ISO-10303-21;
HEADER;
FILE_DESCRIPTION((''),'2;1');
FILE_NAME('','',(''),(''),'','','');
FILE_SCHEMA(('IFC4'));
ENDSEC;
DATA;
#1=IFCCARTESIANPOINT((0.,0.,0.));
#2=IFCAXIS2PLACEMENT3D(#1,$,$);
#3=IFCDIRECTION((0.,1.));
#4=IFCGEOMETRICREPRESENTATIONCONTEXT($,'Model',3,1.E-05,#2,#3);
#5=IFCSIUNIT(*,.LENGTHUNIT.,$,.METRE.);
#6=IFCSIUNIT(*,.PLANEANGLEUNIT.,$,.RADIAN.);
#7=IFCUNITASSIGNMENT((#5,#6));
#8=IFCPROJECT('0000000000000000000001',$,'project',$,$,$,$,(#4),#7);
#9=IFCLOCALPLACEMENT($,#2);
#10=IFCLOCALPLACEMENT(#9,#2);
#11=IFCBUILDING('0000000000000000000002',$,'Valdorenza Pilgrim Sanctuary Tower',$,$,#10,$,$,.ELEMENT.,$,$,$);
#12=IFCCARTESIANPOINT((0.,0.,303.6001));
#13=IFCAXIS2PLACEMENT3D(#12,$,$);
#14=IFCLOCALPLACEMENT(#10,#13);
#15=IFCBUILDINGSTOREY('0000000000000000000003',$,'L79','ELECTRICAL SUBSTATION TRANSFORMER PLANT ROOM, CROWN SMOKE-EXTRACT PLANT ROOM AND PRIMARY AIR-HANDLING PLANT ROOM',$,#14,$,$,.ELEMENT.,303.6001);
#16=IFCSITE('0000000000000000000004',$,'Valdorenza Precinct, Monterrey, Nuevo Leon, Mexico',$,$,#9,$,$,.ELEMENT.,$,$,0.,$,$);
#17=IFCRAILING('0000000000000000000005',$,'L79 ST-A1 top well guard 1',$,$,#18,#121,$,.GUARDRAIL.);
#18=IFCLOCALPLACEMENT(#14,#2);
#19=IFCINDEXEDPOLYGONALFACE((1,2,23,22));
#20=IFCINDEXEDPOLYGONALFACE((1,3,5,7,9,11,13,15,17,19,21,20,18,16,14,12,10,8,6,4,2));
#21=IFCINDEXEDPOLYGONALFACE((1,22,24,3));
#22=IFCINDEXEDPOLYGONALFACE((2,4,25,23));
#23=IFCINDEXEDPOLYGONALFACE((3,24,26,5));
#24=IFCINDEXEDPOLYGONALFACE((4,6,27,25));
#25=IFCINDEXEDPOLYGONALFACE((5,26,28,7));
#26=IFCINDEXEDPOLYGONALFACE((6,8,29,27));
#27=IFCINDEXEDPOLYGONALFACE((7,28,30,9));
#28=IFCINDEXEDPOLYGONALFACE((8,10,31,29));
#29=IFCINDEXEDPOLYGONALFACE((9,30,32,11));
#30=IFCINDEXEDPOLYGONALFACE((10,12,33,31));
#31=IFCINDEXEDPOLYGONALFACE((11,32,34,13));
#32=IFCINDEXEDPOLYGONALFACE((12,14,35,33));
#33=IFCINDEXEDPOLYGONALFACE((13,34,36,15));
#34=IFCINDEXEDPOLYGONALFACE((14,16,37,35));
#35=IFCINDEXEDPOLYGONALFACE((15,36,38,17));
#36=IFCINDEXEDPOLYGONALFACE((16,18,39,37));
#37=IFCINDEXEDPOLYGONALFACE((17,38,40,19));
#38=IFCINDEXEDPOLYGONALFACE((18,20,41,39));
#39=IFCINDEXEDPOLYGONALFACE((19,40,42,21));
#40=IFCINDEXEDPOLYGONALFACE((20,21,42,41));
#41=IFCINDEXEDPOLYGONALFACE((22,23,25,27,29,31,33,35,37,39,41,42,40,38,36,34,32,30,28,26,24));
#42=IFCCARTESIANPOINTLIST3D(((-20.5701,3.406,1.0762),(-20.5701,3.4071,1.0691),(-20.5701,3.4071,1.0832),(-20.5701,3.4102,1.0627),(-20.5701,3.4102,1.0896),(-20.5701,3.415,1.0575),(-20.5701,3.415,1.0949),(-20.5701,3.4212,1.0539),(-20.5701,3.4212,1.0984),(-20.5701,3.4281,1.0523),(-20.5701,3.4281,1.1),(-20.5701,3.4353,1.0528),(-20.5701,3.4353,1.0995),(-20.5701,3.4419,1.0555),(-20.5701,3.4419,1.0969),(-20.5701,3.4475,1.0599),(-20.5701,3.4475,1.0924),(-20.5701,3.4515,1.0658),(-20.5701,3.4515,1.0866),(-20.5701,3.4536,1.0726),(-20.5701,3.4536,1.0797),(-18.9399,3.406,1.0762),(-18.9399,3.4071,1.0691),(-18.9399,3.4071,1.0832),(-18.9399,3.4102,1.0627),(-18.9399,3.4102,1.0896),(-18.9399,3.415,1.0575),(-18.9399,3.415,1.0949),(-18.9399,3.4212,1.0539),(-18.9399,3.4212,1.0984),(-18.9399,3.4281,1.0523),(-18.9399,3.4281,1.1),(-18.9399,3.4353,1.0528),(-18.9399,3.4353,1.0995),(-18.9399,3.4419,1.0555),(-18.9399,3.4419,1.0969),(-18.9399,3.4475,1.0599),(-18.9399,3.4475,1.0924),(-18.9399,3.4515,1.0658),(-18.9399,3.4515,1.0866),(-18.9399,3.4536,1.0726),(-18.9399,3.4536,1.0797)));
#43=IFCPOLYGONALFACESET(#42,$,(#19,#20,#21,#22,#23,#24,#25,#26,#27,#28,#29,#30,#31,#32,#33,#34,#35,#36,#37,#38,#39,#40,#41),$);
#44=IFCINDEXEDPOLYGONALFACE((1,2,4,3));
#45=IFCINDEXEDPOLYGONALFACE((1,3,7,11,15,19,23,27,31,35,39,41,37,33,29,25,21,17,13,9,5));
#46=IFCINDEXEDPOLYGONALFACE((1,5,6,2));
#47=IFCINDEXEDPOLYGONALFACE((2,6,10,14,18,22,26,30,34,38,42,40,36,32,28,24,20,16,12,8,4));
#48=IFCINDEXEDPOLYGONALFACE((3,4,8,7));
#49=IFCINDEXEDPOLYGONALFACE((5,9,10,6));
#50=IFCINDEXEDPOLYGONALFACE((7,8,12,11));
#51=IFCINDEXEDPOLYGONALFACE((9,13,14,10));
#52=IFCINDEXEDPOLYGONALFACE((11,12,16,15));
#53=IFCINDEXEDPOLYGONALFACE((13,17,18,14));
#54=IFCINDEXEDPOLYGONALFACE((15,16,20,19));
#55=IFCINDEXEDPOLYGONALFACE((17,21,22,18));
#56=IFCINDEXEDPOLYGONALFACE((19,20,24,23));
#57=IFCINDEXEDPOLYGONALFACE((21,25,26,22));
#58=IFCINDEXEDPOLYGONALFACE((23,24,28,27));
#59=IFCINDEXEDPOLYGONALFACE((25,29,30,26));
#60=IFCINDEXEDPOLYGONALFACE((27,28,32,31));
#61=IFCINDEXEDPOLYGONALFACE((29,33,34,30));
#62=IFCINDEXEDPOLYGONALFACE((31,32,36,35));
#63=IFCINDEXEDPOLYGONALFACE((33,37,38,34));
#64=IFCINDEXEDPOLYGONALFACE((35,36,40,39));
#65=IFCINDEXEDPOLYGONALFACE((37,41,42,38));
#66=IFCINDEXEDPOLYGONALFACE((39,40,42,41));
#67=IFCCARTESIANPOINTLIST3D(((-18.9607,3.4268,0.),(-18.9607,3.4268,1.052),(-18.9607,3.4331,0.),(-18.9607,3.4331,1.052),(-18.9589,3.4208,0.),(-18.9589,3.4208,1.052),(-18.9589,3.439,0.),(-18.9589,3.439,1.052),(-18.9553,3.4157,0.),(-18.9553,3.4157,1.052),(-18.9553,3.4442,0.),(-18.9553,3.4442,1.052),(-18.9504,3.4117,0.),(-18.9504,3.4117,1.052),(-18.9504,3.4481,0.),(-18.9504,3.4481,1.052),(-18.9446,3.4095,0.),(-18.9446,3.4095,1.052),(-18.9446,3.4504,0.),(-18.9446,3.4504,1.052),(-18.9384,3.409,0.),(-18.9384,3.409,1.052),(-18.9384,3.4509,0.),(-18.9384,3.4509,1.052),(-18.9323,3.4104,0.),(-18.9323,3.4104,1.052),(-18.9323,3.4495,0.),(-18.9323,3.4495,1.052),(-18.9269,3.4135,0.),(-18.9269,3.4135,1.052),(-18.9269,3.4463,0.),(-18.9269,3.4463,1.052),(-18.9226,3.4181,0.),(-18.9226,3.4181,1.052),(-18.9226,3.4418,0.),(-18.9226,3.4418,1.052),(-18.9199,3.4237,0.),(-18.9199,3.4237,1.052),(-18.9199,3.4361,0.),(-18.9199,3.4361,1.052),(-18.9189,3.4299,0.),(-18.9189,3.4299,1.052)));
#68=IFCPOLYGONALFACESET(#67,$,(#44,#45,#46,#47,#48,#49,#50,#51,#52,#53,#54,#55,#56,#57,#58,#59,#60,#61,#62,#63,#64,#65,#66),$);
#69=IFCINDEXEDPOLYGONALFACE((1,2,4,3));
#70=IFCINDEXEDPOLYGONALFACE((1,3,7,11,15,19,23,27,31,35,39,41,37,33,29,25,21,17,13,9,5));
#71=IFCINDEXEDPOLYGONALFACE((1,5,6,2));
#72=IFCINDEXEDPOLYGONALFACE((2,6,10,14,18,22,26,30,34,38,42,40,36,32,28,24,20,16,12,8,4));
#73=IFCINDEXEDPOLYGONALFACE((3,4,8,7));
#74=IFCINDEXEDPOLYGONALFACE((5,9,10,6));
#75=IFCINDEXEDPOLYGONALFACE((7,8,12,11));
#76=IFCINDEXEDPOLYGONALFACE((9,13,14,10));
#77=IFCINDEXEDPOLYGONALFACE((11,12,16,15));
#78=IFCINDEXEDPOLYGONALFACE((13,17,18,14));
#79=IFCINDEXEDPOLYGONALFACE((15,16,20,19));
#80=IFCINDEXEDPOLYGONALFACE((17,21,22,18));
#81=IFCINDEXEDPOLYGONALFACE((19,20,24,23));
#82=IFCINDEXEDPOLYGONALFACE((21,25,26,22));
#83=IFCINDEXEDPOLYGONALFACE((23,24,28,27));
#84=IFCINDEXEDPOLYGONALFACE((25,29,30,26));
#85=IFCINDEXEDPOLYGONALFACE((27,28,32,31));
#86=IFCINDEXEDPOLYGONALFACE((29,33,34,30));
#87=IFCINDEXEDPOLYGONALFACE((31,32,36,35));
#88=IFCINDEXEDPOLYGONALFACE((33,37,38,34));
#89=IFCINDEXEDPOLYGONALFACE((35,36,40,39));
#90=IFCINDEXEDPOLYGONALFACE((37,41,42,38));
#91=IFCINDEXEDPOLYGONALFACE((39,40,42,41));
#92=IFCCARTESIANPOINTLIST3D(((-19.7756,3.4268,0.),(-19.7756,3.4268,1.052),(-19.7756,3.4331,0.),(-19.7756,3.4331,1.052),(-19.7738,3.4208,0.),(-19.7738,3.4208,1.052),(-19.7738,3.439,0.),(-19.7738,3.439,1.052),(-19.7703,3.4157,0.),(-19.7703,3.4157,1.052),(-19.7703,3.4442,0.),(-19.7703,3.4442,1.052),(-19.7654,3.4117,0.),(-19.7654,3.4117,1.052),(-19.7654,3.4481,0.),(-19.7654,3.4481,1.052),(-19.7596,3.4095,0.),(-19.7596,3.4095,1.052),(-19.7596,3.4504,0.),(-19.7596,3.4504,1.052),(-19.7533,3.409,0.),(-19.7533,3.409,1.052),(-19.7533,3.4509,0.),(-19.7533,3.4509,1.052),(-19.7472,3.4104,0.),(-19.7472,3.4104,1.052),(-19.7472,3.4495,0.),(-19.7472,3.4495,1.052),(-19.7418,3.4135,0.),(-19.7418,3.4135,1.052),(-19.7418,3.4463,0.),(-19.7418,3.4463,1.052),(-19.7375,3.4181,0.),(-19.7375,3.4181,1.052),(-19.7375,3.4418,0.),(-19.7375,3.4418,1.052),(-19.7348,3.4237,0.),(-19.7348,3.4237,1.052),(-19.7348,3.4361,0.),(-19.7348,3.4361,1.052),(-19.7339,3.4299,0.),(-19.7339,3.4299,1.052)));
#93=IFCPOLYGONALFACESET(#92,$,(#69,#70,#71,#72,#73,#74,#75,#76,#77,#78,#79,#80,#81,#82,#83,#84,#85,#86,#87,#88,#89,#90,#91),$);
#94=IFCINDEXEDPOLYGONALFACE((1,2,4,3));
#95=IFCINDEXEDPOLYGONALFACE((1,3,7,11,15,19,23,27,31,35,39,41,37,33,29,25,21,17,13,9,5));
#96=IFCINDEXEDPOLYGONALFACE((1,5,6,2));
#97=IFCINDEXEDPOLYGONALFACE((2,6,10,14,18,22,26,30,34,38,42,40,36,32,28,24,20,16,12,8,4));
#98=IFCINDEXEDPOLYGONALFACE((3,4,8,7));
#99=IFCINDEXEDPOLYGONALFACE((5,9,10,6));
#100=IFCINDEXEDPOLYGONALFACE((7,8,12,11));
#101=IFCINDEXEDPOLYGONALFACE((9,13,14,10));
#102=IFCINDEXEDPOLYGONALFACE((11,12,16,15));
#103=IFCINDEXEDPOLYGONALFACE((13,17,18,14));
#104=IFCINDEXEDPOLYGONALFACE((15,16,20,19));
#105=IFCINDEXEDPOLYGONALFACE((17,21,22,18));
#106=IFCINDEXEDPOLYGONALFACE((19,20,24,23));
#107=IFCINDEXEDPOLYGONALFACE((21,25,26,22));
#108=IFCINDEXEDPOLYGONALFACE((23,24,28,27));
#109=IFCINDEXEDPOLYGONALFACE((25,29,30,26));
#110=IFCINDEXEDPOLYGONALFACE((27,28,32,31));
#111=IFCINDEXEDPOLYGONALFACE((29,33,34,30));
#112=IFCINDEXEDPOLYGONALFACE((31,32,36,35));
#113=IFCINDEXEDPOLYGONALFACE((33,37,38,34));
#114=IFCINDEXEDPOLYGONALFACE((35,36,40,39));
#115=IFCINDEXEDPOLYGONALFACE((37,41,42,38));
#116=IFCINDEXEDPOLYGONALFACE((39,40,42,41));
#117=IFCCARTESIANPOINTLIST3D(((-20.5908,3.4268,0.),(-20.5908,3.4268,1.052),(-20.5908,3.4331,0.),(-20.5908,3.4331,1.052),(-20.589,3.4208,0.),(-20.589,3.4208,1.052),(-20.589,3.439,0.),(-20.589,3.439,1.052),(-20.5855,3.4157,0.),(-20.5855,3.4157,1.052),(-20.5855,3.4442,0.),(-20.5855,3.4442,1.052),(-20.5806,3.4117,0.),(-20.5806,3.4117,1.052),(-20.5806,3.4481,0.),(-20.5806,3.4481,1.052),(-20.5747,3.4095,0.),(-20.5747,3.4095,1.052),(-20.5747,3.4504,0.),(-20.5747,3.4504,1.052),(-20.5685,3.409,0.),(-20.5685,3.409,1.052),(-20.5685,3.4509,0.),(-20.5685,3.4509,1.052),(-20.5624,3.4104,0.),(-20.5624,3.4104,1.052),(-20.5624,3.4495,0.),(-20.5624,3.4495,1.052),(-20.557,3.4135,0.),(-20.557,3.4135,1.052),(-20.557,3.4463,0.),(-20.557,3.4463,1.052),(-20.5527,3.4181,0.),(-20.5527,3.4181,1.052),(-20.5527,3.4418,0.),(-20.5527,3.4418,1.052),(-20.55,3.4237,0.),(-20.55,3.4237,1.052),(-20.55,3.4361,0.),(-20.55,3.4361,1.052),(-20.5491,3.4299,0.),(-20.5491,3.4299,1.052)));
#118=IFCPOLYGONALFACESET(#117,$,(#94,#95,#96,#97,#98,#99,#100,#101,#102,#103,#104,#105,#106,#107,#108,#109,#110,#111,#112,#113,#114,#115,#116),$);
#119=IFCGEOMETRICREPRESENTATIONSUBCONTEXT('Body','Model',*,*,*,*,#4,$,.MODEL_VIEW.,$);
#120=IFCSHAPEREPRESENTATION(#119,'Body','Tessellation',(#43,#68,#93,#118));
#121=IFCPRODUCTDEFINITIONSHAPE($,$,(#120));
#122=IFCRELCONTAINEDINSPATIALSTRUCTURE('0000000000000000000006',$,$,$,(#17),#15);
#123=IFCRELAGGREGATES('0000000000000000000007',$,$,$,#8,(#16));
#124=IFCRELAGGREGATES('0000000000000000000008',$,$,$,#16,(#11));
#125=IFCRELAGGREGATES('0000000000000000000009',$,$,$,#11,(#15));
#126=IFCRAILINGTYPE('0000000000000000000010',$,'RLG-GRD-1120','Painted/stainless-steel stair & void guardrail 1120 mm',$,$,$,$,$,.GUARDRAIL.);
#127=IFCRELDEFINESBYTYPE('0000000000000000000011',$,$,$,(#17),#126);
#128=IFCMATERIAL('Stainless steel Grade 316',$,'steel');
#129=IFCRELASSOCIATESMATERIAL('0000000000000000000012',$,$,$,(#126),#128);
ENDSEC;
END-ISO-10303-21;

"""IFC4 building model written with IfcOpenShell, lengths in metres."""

from ifc_helpers import new_model, si_unit, direction, frame, origin, origin_2d, place, context, subcontext, project, spatial, circle, extrude, material, type_object, element, save


model = new_model("IFC4")

# Units and contexts
model_context = context("Model", 3, precision=1e-05, world=origin(), true_north=direction((0.0, 1.0)))
body_context = subcontext(model_context, "Body", "Model", "MODEL_VIEW")
ifc_project = project(units=[si_unit("LENGTHUNIT", "METRE"), si_unit("PLANEANGLEUNIT", "RADIAN")], contexts=[model_context])

# Site, building, storey
site_placement = place(None, origin())
site = spatial("IfcSite", under=ifc_project, at=site_placement, Name="Valdorenza Precinct, Monterrey, Nuevo Leon, Mexico", CompositionType="ELEMENT", RefElevation=0.0)
building_placement = place(site_placement, origin())
building = spatial("IfcBuilding", under=site, at=building_placement, Name="Valdorenza Pilgrim Sanctuary Tower", CompositionType="ELEMENT")
storey_placement = place(building_placement, frame((0.0, 0.0, 303.6001)))
storey = spatial("IfcBuildingStorey", under=building, at=storey_placement, Name="L79", Description="ELECTRICAL SUBSTATION TRANSFORMER PLANT ROOM, CROWN SMOKE-EXTRACT PLANT ROOM AND PRIMARY AIR-HANDLING PLANT ROOM", CompositionType="ELEMENT", Elevation=303.6001)

# Railing
ifc_material_1 = material(Name="Stainless steel Grade 316", Category="steel")
railing_type = type_object("IfcRailingType", Name="RLG-GRD-1120", Description="Painted/stainless-steel stair & void guardrail 1120 mm", PredefinedType="GUARDRAIL", material=ifc_material_1)
railing_1_placement = place(storey_placement, frame((-18.9399, 3.4299, 0.0)))
element("IfcRailing", 1, at=railing_1_placement, inside=storey, type_object=railing_type, Name="L79 ST-A1 top well guard 1", PredefinedType="GUARDRAIL", context=body_context, shape_type="SweptSolid", body=[
    extrude(circle(Radius=0.0239, at=origin_2d()), frame((0.0, 0.0, 1.0762), z_axis=(-1.0, 0.0, 0.0), x_axis=(0.0, -1.0, 0.0)), (0.0, 0.0, 1.0), 1.6301),
    extrude(circle(Radius=0.021, at=origin_2d()), origin(), (0.0, 0.0, 1.0), 1.052),
    extrude(circle(Radius=0.021, at=origin_2d()), frame((-0.8149, 0.0, 0.0)), (0.0, 0.0, 1.0), 1.052),
    extrude(circle(Radius=0.021, at=origin_2d()), frame((-1.6301, 0.0, 0.0)), (0.0, 0.0, 1.0), 1.052),
])

save(model, "model.ifc")
